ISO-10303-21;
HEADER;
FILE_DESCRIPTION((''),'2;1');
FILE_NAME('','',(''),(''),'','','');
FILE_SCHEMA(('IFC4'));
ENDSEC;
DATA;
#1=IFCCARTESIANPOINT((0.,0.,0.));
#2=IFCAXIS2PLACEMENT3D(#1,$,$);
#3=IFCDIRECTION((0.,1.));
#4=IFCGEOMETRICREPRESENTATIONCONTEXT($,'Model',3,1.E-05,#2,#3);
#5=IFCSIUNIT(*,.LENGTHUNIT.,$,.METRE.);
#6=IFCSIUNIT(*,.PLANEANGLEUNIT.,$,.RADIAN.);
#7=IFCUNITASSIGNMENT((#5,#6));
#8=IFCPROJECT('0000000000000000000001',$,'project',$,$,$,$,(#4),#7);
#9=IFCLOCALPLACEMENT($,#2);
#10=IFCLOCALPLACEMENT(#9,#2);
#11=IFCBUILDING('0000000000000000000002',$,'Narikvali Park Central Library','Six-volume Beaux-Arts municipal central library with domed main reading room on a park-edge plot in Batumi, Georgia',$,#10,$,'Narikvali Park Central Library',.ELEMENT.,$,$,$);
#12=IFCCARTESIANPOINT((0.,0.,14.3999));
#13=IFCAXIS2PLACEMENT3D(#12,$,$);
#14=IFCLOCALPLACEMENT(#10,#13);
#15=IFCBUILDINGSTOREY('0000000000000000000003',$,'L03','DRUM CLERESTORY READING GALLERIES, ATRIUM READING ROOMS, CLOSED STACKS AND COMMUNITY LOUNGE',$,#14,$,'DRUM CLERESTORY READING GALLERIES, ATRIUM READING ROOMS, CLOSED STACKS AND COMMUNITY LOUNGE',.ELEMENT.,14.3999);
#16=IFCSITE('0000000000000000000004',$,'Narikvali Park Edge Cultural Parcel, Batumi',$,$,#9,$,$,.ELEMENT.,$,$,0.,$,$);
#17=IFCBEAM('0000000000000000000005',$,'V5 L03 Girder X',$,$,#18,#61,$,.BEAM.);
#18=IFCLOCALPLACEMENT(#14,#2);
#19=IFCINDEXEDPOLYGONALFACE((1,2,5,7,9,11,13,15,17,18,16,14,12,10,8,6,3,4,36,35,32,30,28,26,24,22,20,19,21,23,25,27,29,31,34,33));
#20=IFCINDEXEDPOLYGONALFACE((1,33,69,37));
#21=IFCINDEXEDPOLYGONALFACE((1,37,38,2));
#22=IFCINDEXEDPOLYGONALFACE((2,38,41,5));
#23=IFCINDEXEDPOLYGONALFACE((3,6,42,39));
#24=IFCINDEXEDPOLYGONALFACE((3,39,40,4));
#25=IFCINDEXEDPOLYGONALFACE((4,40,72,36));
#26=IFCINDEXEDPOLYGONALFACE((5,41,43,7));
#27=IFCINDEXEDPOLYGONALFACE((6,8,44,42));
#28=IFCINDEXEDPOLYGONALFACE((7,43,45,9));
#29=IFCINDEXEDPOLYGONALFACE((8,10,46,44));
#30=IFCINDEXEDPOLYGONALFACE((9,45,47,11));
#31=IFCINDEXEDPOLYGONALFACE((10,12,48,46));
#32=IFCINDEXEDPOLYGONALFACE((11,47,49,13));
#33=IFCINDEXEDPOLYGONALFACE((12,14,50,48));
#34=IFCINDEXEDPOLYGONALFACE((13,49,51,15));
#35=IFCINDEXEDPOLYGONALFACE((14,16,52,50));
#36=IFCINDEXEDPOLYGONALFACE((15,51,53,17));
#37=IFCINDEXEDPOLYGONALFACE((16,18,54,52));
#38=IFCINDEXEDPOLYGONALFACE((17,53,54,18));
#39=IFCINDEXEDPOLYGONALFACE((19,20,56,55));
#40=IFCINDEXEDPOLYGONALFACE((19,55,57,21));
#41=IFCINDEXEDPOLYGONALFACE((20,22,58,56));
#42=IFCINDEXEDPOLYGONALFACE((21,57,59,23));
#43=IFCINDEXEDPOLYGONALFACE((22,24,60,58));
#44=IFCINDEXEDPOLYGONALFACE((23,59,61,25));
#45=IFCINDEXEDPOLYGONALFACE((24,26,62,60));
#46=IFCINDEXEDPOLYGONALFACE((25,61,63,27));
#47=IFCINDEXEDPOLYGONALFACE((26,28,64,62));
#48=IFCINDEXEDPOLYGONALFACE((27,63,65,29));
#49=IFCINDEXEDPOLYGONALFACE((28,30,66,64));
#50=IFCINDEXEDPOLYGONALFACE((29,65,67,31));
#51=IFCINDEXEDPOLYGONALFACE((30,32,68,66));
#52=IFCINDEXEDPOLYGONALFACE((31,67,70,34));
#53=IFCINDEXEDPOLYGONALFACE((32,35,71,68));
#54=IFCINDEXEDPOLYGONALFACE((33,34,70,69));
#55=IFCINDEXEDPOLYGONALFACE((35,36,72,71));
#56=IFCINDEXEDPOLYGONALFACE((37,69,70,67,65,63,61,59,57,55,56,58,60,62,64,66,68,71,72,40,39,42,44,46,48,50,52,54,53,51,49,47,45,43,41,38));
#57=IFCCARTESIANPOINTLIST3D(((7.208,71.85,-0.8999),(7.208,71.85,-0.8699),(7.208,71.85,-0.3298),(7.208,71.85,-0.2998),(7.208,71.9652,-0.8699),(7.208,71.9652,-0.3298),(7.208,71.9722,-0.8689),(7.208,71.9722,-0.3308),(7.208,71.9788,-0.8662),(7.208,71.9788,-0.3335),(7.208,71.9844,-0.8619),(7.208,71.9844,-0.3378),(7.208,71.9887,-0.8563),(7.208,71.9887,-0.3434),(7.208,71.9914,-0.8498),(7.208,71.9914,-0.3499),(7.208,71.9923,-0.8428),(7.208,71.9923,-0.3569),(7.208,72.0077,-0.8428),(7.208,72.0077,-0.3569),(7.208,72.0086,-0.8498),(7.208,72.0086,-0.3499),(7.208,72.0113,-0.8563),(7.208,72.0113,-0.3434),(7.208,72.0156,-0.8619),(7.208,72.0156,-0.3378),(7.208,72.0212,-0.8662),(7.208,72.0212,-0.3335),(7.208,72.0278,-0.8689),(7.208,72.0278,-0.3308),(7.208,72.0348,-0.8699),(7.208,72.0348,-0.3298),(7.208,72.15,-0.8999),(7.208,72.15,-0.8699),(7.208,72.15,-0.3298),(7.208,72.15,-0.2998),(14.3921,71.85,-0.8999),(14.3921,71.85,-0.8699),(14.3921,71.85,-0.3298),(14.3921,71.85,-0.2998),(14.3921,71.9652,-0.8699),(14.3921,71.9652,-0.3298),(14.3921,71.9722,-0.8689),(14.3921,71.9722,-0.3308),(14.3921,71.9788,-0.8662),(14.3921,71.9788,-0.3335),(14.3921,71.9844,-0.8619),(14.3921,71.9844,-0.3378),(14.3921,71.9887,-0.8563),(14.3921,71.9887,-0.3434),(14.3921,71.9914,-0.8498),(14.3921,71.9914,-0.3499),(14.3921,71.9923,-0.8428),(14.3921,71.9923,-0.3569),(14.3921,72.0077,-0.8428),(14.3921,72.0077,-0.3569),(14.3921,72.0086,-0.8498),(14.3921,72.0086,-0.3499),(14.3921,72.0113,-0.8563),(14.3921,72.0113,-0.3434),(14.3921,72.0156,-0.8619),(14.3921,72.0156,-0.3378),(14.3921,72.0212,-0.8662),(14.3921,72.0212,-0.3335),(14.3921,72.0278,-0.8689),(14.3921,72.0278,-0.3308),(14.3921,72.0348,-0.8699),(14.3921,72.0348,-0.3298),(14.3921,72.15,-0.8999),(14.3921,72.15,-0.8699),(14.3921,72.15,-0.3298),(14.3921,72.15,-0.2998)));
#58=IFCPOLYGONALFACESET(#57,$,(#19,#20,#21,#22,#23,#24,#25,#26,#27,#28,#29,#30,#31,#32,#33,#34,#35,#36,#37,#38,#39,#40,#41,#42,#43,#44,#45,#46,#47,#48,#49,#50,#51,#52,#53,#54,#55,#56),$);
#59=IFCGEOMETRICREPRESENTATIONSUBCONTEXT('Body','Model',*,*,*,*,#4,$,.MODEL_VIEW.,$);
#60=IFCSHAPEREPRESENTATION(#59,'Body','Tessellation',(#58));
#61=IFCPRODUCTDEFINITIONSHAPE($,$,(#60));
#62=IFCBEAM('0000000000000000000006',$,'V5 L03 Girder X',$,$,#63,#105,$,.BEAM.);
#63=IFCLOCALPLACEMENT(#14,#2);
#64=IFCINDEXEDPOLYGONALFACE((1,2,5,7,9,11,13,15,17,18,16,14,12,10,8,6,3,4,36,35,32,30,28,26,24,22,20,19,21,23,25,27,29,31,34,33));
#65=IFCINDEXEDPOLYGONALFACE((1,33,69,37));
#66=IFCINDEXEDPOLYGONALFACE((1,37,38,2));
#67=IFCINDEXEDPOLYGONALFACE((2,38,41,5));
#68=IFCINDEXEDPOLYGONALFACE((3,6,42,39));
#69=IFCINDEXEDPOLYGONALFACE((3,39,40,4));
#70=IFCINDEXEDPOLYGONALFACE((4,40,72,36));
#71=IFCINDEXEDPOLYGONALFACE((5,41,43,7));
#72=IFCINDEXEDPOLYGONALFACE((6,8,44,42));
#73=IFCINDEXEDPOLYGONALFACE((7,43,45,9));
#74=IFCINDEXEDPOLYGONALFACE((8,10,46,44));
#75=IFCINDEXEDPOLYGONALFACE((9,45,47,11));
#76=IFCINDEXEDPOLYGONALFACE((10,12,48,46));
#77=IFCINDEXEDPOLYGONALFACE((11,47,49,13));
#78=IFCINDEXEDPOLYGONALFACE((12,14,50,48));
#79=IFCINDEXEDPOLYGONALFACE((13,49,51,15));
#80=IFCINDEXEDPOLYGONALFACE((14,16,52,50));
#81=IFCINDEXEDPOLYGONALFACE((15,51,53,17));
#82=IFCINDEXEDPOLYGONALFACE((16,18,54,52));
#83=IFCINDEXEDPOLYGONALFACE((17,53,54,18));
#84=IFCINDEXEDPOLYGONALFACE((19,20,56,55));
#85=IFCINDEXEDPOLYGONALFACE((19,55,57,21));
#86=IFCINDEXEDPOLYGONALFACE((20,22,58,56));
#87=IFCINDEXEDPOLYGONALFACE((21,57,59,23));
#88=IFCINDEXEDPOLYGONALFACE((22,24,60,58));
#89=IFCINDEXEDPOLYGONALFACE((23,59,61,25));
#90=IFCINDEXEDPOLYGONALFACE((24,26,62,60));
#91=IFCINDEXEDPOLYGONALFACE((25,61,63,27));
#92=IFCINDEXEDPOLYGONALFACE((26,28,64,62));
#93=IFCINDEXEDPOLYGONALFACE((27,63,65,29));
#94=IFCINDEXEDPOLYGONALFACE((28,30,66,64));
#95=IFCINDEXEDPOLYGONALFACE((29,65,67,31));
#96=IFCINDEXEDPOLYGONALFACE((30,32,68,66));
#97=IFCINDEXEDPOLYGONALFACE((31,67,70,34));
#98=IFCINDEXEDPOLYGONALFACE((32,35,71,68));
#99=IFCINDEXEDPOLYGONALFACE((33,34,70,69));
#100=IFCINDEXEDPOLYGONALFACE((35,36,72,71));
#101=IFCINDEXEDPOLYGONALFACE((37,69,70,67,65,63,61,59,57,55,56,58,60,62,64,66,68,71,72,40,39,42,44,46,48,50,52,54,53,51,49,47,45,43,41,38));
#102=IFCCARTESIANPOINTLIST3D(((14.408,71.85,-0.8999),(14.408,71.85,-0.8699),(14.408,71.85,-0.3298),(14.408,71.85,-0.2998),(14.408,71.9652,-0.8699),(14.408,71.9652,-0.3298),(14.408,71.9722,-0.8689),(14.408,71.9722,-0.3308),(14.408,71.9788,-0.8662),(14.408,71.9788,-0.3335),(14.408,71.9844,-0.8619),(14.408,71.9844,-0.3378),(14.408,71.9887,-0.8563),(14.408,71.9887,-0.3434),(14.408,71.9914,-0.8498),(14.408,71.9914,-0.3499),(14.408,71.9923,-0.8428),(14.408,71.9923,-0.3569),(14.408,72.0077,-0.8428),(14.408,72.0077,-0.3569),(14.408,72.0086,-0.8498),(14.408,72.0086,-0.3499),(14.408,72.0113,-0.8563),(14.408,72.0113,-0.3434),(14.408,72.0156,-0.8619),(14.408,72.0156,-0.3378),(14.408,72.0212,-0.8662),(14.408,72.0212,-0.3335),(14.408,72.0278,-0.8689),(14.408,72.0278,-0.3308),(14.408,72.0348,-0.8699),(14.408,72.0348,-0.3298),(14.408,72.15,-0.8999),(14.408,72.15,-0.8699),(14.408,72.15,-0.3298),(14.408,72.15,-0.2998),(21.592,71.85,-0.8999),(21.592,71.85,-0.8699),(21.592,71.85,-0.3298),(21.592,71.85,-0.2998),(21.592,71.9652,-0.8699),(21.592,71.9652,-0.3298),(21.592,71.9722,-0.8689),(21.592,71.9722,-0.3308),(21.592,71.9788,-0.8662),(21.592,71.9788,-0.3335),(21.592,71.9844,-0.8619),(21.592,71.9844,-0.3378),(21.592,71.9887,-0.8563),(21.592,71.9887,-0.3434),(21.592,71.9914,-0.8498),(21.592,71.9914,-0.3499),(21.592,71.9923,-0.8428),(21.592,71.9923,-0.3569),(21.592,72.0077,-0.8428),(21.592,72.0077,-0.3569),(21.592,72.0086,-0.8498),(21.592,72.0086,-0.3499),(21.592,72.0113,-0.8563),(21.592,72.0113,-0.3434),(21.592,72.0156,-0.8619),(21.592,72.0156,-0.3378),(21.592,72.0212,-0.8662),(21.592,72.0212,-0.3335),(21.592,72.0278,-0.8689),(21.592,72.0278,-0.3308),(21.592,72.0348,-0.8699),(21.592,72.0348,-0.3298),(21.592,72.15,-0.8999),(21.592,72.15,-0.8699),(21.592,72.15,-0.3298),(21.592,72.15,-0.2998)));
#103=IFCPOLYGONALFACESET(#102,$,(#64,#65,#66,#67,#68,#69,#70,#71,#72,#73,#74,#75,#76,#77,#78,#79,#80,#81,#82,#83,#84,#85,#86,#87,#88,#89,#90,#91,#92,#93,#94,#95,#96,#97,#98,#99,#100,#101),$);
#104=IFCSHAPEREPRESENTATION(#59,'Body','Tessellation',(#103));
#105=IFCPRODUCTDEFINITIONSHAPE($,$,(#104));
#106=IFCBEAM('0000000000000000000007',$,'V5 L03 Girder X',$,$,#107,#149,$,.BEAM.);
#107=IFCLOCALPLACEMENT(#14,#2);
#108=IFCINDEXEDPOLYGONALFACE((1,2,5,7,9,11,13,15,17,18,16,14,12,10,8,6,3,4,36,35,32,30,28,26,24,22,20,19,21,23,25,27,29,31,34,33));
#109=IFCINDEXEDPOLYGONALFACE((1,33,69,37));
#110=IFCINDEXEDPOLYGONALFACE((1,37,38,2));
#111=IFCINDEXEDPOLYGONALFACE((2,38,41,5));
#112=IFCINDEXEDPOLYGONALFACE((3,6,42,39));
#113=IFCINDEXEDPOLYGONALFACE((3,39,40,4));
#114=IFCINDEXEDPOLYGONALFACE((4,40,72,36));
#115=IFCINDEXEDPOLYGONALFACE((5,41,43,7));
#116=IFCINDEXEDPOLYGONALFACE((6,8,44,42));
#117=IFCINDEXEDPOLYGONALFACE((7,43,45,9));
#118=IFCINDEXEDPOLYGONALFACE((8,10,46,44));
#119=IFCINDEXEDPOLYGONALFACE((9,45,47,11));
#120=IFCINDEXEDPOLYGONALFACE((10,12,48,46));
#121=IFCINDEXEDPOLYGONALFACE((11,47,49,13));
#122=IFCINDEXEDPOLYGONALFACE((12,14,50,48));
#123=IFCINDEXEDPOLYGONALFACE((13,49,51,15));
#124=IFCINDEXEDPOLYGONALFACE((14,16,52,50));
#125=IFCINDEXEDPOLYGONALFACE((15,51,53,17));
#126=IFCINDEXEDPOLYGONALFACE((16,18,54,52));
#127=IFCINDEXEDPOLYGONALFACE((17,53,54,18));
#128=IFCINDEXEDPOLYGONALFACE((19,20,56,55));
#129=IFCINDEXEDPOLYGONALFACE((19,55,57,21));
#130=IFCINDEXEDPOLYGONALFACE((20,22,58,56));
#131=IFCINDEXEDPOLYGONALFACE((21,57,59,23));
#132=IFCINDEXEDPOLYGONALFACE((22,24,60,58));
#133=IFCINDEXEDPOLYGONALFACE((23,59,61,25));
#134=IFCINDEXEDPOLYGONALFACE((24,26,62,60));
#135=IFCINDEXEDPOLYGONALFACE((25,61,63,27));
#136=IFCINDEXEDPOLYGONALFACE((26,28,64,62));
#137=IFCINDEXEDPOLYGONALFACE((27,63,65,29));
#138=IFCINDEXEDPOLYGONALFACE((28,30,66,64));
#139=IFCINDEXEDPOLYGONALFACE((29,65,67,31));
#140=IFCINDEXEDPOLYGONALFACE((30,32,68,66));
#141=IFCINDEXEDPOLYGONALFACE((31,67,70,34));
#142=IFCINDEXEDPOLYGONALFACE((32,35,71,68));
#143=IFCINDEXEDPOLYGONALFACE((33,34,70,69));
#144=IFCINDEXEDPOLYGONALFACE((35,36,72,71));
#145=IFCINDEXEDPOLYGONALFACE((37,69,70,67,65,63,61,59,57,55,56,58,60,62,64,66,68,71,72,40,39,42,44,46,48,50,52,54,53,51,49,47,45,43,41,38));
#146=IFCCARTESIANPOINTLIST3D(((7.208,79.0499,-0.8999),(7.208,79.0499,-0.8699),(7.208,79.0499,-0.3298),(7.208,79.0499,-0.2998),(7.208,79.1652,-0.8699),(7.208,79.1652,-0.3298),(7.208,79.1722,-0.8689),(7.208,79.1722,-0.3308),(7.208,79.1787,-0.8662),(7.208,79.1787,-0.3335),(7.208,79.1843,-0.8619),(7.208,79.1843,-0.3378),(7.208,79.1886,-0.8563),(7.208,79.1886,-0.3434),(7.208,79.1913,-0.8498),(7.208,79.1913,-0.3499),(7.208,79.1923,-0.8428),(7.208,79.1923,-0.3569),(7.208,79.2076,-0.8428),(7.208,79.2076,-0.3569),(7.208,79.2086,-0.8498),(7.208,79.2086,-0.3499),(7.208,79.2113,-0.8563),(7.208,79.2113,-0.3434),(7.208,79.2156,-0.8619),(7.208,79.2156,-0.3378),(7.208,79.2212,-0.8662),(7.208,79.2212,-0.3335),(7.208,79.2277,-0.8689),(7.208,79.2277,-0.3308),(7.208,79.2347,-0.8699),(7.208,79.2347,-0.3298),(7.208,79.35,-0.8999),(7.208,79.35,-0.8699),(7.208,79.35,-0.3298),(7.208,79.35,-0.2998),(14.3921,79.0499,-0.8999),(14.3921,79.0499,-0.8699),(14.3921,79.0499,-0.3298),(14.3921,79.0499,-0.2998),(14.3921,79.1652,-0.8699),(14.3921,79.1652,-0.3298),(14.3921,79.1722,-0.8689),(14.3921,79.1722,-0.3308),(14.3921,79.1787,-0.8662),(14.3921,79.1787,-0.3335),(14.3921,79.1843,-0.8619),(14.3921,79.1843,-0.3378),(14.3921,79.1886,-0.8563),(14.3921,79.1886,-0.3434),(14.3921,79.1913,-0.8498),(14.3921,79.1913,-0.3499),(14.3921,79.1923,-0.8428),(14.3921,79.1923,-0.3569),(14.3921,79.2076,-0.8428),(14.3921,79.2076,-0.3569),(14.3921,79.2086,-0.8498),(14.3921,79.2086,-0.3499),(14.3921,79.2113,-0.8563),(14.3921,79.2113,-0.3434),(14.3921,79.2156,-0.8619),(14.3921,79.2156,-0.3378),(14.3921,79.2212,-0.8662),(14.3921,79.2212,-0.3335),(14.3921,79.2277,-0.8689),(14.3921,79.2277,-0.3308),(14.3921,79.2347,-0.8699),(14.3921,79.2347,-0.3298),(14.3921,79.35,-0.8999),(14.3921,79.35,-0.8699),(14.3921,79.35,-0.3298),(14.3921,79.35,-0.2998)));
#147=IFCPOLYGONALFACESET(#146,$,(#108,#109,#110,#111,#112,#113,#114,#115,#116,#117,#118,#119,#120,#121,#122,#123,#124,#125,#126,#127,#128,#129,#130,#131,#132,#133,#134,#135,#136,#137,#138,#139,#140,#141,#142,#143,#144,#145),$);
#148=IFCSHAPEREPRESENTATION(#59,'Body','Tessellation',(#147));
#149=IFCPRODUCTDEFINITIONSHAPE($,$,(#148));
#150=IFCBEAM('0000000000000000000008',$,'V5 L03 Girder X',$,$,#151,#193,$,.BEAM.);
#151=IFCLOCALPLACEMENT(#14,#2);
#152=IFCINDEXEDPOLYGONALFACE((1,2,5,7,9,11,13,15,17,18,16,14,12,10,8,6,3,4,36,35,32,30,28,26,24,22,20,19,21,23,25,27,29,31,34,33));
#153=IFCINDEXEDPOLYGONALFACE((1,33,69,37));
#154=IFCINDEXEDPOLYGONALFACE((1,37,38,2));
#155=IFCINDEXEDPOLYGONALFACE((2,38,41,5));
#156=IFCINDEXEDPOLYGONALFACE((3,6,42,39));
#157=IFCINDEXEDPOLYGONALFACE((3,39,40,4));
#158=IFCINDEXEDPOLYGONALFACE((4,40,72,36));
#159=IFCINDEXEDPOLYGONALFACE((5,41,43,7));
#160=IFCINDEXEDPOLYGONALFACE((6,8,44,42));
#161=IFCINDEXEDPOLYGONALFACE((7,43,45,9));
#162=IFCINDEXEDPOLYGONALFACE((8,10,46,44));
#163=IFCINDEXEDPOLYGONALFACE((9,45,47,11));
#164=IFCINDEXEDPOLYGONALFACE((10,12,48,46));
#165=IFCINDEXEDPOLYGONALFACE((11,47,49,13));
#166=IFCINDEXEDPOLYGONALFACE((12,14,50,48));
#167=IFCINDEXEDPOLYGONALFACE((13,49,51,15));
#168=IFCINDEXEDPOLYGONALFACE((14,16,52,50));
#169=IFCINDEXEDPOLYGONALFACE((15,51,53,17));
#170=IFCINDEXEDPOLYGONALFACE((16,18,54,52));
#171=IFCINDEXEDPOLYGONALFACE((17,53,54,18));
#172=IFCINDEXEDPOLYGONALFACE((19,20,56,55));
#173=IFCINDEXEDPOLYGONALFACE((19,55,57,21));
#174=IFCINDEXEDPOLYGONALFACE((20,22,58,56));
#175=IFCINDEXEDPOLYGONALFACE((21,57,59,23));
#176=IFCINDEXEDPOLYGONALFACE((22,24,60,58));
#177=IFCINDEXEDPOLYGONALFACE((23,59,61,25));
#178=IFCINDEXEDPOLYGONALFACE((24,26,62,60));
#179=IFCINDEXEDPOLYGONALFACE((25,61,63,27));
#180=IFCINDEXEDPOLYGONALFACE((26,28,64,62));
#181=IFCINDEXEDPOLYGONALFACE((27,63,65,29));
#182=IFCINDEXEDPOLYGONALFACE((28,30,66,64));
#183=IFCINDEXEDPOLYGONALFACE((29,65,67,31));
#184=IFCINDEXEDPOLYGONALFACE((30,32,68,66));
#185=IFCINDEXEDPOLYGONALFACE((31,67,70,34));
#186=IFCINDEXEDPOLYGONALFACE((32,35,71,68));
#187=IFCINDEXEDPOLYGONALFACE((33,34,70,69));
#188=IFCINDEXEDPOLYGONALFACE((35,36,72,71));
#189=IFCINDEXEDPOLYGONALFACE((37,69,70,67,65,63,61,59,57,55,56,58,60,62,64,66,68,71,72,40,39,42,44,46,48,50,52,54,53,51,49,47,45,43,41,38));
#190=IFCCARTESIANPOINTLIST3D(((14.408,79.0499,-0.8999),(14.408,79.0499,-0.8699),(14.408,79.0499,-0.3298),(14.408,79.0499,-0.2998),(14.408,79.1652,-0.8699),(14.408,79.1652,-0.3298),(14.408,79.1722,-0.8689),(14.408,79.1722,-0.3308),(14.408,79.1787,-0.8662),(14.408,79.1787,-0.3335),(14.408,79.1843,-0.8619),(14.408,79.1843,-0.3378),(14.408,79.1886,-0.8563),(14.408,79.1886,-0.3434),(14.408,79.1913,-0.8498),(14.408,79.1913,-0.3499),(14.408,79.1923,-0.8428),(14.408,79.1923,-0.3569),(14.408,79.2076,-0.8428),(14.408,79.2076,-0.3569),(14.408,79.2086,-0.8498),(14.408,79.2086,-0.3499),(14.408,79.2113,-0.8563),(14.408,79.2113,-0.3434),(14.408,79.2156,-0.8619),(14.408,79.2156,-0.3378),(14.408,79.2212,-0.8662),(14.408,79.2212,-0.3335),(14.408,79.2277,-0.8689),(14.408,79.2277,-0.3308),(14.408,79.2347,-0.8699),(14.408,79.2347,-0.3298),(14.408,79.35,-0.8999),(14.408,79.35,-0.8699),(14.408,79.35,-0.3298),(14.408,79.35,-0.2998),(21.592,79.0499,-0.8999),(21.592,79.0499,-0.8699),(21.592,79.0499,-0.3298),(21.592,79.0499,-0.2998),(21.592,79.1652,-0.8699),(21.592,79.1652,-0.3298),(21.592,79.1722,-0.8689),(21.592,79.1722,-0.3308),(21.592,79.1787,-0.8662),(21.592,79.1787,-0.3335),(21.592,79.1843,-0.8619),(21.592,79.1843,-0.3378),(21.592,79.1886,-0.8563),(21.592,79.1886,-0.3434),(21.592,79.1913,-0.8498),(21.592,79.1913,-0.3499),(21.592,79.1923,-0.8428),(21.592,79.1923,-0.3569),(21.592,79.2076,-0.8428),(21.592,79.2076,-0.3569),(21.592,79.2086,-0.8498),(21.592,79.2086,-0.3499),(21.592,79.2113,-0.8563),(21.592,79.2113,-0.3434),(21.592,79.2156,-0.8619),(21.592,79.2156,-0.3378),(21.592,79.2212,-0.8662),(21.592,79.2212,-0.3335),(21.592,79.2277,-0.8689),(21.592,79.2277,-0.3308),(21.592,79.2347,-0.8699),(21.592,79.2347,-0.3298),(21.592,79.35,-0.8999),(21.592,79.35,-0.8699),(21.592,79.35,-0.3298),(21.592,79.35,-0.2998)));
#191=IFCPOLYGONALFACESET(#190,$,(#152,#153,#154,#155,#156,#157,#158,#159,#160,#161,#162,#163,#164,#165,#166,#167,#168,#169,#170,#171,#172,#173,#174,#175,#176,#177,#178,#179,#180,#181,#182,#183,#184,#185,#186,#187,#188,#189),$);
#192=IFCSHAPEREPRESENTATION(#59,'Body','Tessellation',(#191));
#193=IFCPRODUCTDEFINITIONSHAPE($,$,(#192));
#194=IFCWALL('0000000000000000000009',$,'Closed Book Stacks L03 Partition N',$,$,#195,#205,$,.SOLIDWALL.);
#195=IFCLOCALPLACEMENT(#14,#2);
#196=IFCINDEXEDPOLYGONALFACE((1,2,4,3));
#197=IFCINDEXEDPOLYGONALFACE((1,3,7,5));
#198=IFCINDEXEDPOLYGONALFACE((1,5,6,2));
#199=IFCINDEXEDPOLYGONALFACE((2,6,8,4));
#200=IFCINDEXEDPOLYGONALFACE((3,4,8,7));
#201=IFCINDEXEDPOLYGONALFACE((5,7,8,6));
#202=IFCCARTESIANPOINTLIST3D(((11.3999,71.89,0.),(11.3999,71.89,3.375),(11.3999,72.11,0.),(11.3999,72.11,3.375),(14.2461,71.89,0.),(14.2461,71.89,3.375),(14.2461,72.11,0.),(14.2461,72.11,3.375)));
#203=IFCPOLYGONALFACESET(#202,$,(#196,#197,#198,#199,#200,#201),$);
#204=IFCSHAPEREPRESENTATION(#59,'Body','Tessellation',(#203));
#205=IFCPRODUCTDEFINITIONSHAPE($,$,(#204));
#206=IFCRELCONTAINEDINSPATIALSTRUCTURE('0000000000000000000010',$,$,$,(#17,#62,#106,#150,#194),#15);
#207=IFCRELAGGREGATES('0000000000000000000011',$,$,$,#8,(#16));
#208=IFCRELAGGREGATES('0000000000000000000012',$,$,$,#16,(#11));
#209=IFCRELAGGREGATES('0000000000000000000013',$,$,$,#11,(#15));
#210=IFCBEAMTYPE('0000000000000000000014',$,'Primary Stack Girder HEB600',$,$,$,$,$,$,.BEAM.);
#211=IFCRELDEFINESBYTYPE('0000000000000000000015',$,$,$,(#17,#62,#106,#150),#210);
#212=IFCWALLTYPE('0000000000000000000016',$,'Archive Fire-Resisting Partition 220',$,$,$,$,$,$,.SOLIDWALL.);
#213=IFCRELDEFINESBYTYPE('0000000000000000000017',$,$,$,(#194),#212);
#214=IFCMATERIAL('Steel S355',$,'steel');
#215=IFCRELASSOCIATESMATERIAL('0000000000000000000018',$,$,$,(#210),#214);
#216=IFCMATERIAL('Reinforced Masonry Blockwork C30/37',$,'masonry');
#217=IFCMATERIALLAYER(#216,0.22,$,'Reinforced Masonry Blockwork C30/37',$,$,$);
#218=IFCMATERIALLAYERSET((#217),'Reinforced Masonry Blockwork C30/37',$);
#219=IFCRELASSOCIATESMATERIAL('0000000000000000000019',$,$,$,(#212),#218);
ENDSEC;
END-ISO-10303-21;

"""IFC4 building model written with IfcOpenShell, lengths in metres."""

from ifc_helpers import new_model, si_unit, direction, frame, frame_2d, origin, origin_2d, place, context, subcontext, project, spatial, rectangle, i_section, extrude, material, layer, layer_set, material_profile, profile_set, type_object, element, save


model = new_model("IFC4")

# Units and contexts
model_context = context("Model", 3, precision=1e-05, world=origin(), true_north=direction((0.0, 1.0)))
body_context = subcontext(model_context, "Body", "Model", "MODEL_VIEW")
ifc_project = project(units=[si_unit("LENGTHUNIT", "METRE"), si_unit("PLANEANGLEUNIT", "RADIAN")], contexts=[model_context])

# Site, building, storey
site_placement = place(None, origin())
site = spatial("IfcSite", under=ifc_project, at=site_placement, Name="Narikvali Park Edge Cultural Parcel, Batumi", CompositionType="ELEMENT", RefElevation=0.0)
building_placement = place(site_placement, origin())
building = spatial("IfcBuilding", under=site, at=building_placement, Name="Narikvali Park Central Library", Description="Six-volume Beaux-Arts municipal central library with domed main reading room on a park-edge plot in Batumi, Georgia", LongName="Narikvali Park Central Library", CompositionType="ELEMENT")
storey_placement = place(building_placement, frame((0.0, 0.0, 14.3999)))
storey = spatial("IfcBuildingStorey", under=building, at=storey_placement, Name="L03", Description="DRUM CLERESTORY READING GALLERIES, ATRIUM READING ROOMS, CLOSED STACKS AND COMMUNITY LOUNGE", LongName="DRUM CLERESTORY READING GALLERIES, ATRIUM READING ROOMS, CLOSED STACKS AND COMMUNITY LOUNGE", CompositionType="ELEMENT", Elevation=14.3999)

# Shared definitions
ifc_material_1 = material(Name="Steel S355", Category="steel")

# Beams
ifc_material_profile_1 = material_profile(ifc_material_1, i_section(OverallWidth=0.3, OverallDepth=0.6001, WebThickness=0.0154, FlangeThickness=0.03, FilletRadius=0.0271, at=origin_2d()), Name="HEB 600")
ifc_profile_set_1 = profile_set([ifc_material_profile_1], Name="Steel S355")
beam_type_1 = type_object("IfcBeamType", Name="Primary Stack Girder HEB600", PredefinedType="BEAM", material=ifc_profile_set_1)
for number, where, z_axis, x_axis, name in (
    (1, (7.208, 72.0, -0.5999), (1.0, 0.0, 0.0), (0.0, 1.0, 0.0), "V5 L03 Girder X"),
    (2, (14.408, 72.0, -0.5999), (1.0, 0.0, 0.0), (0.0, 1.0, 0.0), "V5 L03 Girder X"),
    (3, (7.208, 79.2, -0.5999), (1.0, 0.0, 0.0), (0.0, 1.0, 0.0), "V5 L03 Girder X"),
    (4, (14.408, 79.2, -0.5999), (1.0, 0.0, 0.0), (0.0, 1.0, 0.0), "V5 L03 Girder X"),
):
    element("IfcBeam", number, at=place(storey_placement, frame(where, z_axis=z_axis, x_axis=x_axis)), inside=storey, type_object=beam_type_1, Name=name, PredefinedType="BEAM", context=body_context, shape_type="SweptSolid", body=[
        extrude(i_section(OverallWidth=0.3, OverallDepth=0.6001, WebThickness=0.0154, FlangeThickness=0.03, FilletRadius=0.0271, at=origin_2d()), origin(), (0.0, 0.0, 1.0), 7.1841),
    ])

# Wall
ifc_material_2 = material(Name="Reinforced Masonry Blockwork C30/37", Category="masonry")
ifc_layer_1 = layer(ifc_material_2, 0.22, Name="Reinforced Masonry Blockwork C30/37")
ifc_layer_set_1 = layer_set([ifc_layer_1], Name="Reinforced Masonry Blockwork C30/37")
wall_type_1 = type_object("IfcWallType", Name="Archive Fire-Resisting Partition 220", PredefinedType="SOLIDWALL", material=ifc_layer_set_1)
wall_1_placement = place(storey_placement, frame((11.3999, 72.0, 0.0), z_axis=(0.0, 0.0, 1.0), x_axis=(1.0, 0.0, 0.0)))
element("IfcWall", 5, at=wall_1_placement, inside=storey, type_object=wall_type_1, Name="Closed Book Stacks L03 Partition N", PredefinedType="SOLIDWALL", context=body_context, shape_type="SweptSolid", body=[
    extrude(rectangle(XDim=2.8462, YDim=0.22, at=frame_2d((1.4231, 0.0))), origin(), (0.0, 0.0, 1.0), 3.375),
])

save(model, "model.ifc")
